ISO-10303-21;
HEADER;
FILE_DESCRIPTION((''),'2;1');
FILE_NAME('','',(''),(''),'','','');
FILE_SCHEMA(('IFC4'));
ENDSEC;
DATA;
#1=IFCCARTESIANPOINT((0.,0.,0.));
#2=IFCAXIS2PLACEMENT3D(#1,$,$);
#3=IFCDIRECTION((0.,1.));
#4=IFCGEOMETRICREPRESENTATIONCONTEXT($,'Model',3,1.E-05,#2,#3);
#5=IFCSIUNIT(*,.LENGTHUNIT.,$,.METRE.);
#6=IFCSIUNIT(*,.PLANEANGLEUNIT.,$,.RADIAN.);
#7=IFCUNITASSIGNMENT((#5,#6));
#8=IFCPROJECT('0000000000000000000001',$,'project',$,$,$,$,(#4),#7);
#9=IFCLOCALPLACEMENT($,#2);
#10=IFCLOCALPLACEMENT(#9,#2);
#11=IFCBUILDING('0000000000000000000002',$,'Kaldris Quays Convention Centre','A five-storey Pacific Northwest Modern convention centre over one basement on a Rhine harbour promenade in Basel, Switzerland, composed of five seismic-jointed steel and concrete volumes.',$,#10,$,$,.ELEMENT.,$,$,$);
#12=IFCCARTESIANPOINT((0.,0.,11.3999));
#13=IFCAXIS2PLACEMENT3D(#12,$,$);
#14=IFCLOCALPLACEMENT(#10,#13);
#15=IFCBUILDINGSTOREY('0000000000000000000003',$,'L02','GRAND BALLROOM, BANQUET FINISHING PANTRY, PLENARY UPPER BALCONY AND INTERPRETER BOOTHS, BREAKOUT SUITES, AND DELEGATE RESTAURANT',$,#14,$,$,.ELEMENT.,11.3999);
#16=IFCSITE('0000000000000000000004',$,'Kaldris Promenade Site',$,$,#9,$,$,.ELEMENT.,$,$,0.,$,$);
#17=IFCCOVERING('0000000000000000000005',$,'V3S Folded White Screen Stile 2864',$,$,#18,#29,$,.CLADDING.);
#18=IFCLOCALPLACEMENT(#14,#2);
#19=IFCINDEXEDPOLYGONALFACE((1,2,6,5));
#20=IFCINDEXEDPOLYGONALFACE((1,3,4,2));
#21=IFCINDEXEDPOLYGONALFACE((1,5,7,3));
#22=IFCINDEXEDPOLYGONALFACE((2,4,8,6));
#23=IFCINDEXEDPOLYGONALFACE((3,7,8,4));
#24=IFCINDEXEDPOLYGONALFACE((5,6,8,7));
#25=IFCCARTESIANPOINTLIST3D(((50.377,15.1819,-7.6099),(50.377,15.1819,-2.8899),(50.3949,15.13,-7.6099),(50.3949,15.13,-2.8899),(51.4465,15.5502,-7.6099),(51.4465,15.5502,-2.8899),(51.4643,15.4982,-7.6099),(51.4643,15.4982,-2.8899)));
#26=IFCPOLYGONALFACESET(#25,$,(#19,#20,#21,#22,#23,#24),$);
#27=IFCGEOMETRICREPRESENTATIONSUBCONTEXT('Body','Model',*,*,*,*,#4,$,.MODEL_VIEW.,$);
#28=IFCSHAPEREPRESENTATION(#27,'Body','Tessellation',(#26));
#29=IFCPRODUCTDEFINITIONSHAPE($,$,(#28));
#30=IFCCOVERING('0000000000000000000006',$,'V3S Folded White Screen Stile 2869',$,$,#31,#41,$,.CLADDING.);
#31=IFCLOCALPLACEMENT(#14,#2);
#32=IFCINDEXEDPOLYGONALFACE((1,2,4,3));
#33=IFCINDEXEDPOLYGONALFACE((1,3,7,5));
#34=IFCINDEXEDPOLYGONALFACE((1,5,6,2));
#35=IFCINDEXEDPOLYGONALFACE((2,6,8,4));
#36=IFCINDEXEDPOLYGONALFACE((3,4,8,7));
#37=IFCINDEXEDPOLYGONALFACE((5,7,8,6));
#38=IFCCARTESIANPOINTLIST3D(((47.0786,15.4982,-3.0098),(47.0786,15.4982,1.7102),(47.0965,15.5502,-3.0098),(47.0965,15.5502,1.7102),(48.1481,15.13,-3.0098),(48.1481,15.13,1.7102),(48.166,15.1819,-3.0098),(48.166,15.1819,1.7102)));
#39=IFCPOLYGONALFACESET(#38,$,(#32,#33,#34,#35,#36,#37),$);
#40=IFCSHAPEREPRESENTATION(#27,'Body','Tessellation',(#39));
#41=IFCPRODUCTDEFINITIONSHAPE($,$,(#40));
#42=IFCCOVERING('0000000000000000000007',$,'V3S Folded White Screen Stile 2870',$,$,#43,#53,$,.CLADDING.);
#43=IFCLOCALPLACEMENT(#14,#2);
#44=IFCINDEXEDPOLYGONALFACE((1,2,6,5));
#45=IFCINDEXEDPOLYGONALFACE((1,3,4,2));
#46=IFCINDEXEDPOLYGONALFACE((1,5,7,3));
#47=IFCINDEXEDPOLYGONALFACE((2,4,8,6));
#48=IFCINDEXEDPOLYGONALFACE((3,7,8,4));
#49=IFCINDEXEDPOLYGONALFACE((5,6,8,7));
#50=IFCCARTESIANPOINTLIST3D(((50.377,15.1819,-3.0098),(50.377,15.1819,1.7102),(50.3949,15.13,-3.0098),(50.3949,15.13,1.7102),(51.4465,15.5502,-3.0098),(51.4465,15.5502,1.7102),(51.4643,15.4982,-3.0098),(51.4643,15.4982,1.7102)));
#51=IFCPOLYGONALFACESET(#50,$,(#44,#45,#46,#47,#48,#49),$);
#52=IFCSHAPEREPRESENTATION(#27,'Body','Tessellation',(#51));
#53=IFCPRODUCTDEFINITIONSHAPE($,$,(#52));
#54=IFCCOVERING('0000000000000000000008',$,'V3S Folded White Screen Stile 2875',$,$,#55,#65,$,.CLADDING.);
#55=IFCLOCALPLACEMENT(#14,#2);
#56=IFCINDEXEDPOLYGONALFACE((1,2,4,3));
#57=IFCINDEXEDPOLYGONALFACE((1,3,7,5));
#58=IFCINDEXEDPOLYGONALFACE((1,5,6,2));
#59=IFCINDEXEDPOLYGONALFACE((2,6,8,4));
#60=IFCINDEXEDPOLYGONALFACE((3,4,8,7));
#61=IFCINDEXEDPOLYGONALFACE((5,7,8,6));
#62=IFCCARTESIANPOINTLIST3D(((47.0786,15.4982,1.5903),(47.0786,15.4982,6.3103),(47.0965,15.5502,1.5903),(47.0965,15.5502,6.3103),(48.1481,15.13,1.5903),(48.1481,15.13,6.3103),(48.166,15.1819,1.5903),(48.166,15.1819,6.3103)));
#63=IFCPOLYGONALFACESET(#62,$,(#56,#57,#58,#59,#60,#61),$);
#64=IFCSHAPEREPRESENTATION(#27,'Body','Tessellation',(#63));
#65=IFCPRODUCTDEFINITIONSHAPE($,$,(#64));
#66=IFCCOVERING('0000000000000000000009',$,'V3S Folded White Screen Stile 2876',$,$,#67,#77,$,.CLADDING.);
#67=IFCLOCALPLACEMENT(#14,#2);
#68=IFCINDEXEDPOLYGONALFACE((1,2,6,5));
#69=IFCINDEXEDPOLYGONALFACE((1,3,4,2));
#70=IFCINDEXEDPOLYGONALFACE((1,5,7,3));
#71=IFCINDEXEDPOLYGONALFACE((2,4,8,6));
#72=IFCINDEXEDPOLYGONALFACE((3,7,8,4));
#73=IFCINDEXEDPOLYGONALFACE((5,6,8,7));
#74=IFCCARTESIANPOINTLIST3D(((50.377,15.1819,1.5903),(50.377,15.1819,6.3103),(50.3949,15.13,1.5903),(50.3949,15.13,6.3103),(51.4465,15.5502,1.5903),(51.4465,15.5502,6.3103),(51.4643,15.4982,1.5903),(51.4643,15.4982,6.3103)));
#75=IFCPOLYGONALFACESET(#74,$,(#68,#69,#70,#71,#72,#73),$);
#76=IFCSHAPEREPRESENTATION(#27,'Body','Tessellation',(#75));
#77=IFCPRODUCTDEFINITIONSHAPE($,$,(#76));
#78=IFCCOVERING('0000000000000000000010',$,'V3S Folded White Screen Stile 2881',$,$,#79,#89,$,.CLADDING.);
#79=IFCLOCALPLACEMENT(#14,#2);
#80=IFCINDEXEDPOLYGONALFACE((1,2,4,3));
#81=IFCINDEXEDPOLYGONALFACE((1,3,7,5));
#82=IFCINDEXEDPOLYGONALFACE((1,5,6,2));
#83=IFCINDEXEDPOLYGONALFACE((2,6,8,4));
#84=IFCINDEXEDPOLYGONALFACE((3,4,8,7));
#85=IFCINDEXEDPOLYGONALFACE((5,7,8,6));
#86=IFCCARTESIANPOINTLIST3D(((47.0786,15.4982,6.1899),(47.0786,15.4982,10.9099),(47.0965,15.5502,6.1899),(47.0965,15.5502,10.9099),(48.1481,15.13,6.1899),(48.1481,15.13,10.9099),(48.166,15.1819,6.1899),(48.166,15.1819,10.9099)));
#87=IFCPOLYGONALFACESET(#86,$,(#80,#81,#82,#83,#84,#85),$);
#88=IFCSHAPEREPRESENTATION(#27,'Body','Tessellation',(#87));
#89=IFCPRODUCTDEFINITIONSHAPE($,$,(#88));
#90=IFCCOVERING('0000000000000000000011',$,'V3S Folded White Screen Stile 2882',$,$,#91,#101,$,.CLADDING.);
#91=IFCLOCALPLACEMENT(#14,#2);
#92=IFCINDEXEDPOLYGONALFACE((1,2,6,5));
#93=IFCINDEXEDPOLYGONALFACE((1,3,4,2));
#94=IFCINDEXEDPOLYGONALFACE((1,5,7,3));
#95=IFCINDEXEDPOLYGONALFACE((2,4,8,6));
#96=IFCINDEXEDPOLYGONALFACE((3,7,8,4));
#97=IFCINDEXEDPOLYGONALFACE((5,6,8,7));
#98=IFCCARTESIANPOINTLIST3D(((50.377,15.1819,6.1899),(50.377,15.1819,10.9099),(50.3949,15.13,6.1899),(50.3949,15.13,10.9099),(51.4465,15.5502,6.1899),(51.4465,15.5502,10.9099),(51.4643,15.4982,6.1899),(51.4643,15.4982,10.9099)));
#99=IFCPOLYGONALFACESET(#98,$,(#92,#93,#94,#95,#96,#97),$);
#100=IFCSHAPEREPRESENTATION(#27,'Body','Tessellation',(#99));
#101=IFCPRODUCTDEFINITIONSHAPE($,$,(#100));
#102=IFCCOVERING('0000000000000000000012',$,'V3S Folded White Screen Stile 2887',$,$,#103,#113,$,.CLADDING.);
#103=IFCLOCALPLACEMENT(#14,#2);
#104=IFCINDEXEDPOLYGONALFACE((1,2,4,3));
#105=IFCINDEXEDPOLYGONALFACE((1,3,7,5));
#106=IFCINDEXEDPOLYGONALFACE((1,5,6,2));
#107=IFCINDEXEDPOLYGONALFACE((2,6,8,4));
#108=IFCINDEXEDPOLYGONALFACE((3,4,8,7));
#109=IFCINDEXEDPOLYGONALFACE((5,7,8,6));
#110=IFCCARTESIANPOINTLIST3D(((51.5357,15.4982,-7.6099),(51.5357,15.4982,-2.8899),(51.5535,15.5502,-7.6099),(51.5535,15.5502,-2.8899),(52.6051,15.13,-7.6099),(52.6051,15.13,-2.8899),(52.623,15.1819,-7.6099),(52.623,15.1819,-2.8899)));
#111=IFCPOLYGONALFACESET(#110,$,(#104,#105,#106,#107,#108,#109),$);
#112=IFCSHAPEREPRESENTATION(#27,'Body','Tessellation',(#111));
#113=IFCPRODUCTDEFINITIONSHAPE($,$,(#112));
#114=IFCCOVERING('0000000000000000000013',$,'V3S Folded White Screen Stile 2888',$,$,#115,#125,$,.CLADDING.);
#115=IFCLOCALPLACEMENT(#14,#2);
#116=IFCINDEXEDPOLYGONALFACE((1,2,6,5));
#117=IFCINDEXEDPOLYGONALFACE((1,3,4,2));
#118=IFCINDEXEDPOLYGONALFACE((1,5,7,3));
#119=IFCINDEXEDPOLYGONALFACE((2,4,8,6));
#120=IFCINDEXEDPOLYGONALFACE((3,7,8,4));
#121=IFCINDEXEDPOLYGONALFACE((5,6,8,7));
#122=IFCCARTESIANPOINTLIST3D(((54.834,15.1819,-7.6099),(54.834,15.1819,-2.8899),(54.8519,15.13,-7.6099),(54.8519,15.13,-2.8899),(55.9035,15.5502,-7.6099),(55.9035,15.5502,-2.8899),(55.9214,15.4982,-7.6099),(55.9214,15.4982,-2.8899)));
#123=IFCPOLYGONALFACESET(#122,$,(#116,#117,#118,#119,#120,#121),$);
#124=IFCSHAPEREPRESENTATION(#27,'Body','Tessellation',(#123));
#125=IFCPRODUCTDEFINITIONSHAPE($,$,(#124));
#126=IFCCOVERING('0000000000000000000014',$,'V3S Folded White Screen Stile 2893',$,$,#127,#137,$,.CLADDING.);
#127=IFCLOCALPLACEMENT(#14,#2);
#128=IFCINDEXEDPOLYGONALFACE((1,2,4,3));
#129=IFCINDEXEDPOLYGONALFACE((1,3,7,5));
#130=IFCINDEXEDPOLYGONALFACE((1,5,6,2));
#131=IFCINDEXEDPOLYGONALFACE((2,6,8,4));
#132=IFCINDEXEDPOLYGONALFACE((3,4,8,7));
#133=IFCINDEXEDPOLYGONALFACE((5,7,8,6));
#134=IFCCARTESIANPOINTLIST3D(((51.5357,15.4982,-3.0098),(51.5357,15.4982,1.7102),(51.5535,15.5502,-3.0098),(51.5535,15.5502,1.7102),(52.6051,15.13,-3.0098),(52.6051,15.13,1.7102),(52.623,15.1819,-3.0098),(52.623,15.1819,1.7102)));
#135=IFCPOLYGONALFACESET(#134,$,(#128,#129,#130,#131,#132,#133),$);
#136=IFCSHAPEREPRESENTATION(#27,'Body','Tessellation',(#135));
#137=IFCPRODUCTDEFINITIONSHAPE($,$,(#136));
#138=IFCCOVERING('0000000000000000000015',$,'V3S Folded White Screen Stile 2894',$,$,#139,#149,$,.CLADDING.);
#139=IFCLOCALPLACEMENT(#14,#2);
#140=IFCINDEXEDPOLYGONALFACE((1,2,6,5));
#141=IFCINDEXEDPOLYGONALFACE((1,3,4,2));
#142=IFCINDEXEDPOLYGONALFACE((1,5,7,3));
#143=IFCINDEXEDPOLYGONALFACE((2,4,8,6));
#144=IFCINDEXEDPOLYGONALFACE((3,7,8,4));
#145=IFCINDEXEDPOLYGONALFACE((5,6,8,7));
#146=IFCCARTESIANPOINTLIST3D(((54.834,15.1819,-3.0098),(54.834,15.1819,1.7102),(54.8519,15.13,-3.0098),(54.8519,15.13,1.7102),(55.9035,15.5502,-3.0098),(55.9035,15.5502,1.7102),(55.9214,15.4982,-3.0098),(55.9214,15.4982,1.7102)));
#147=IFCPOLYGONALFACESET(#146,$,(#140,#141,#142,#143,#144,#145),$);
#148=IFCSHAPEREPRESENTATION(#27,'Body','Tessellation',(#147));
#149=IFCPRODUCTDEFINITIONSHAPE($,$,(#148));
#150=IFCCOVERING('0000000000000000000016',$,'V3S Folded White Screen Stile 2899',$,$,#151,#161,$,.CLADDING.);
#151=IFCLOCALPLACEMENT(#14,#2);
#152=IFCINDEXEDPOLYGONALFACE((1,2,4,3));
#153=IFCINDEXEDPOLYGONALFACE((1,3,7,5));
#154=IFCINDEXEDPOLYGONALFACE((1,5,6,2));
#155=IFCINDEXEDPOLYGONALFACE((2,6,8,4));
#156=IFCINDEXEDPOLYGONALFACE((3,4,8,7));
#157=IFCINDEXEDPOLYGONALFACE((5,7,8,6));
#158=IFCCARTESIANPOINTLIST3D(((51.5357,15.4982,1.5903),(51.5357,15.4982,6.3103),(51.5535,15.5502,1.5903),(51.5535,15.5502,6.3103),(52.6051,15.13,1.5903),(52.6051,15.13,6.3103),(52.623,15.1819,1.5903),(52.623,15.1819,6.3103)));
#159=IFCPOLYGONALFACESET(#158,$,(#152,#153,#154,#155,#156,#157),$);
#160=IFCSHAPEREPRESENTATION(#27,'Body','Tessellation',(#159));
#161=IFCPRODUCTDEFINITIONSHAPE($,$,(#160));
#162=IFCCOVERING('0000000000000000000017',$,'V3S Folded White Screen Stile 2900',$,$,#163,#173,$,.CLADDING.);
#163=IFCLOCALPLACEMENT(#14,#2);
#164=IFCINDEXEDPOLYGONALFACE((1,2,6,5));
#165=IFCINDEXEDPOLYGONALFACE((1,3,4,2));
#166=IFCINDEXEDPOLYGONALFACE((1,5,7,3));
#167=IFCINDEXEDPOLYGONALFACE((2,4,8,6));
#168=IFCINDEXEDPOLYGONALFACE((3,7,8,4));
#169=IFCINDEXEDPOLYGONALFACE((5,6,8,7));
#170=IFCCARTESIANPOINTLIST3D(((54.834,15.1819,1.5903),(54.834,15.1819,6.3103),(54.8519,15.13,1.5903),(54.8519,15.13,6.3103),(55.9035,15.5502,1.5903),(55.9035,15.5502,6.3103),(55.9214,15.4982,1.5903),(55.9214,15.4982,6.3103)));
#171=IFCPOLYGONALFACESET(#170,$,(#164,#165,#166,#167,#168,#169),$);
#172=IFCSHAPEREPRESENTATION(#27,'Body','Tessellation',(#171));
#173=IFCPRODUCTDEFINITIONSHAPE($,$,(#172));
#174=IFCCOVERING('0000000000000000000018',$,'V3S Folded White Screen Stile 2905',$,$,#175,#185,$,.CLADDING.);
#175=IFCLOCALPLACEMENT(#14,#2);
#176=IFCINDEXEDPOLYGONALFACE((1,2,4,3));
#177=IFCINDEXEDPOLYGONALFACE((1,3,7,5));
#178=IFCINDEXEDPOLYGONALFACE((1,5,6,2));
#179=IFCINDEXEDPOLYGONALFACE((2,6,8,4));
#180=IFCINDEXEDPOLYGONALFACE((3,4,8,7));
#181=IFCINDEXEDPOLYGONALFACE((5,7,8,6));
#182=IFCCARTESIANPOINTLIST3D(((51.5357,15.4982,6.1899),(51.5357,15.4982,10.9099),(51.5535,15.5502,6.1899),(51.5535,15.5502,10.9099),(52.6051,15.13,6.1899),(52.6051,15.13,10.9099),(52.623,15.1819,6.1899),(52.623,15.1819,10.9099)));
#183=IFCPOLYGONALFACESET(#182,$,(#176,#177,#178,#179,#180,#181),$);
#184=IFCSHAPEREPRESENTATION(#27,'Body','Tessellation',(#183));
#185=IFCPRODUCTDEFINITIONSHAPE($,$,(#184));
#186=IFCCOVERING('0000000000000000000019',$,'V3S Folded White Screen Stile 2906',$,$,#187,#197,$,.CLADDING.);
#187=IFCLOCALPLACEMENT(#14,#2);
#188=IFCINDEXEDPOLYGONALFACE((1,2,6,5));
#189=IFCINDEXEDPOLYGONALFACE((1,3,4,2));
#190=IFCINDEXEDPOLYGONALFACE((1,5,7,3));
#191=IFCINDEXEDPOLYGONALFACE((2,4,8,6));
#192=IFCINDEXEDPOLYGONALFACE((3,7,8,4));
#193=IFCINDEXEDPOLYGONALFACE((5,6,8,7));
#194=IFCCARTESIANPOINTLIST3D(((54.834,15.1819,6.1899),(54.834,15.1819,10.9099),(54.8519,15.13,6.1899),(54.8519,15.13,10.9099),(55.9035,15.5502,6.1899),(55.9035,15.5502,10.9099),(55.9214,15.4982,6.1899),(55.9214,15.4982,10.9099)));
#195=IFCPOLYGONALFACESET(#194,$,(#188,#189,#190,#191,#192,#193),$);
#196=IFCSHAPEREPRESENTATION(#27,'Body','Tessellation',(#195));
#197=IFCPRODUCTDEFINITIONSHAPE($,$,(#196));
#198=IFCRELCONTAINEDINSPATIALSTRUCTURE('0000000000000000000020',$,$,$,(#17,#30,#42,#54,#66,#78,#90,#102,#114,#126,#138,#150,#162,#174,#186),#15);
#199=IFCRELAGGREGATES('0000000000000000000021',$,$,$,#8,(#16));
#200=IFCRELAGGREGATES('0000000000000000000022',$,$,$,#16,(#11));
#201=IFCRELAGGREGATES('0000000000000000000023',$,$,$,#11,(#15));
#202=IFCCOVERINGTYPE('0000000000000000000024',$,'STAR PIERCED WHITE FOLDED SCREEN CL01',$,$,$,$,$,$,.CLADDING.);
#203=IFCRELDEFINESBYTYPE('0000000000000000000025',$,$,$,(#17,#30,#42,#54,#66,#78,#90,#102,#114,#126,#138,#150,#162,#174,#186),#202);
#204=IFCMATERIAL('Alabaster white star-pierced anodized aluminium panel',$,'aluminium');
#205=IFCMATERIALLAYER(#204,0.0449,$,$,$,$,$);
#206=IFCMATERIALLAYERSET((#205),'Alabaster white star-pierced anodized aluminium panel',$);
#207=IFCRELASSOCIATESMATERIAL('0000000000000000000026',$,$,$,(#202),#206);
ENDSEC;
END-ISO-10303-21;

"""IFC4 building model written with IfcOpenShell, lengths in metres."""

from ifc_helpers import new_model, si_unit, direction, frame, origin, origin_2d, place, context, subcontext, project, spatial, rectangle, extrude, material, layer, layer_set, type_object, element, save


model = new_model("IFC4")

# Units and contexts
model_context = context("Model", 3, precision=1e-05, world=origin(), true_north=direction((0.0, 1.0)))
body_context = subcontext(model_context, "Body", "Model", "MODEL_VIEW")
ifc_project = project(units=[si_unit("LENGTHUNIT", "METRE"), si_unit("PLANEANGLEUNIT", "RADIAN")], contexts=[model_context])

# Site, building, storey
site_placement = place(None, origin())
site = spatial("IfcSite", under=ifc_project, at=site_placement, Name="Kaldris Promenade Site", CompositionType="ELEMENT", RefElevation=0.0)
building_placement = place(site_placement, origin())
building = spatial("IfcBuilding", under=site, at=building_placement, Name="Kaldris Quays Convention Centre", Description="A five-storey Pacific Northwest Modern convention centre over one basement on a Rhine harbour promenade in Basel, Switzerland, composed of five seismic-jointed steel and concrete volumes.", CompositionType="ELEMENT")
storey_placement = place(building_placement, frame((0.0, 0.0, 11.3999)))
storey = spatial("IfcBuildingStorey", under=building, at=storey_placement, Name="L02", Description="GRAND BALLROOM, BANQUET FINISHING PANTRY, PLENARY UPPER BALCONY AND INTERPRETER BOOTHS, BREAKOUT SUITES, AND DELEGATE RESTAURANT", CompositionType="ELEMENT", Elevation=11.3999)

# Coverings
ifc_material = material(Name="Alabaster white star-pierced anodized aluminium panel", Category="aluminium")
ifc_layer = layer(ifc_material, 0.0449)
ifc_layer_set = layer_set([ifc_layer], Name="Alabaster white star-pierced anodized aluminium panel")
covering_type = type_object("IfcCoveringType", Name="STAR PIERCED WHITE FOLDED SCREEN CL01", PredefinedType="CLADDING", material=ifc_layer_set)
for number, where, z_axis, x_axis, name in (
    (1, (50.9207, 15.3401, -7.6099), (0.0, 0.0, 1.0), (0.945519, 0.325568, 0.0), "V3S Folded White Screen Stile 2864"),
    (2, (47.6223, 15.3401, -3.0098), (0.0, 0.0, 1.0), (0.945519, -0.325568, 0.0), "V3S Folded White Screen Stile 2869"),
    (3, (50.9207, 15.3401, -3.0098), (0.0, 0.0, 1.0), (0.945519, 0.325568, 0.0), "V3S Folded White Screen Stile 2870"),
    (4, (47.6223, 15.3401, 1.5903), (0.0, 0.0, 1.0), (0.945519, -0.325568, 0.0), "V3S Folded White Screen Stile 2875"),
    (5, (50.9207, 15.3401, 1.5903), (0.0, 0.0, 1.0), (0.945519, 0.325568, 0.0), "V3S Folded White Screen Stile 2876"),
    (6, (47.6223, 15.3401, 6.1899), (0.0, 0.0, 1.0), (0.945519, -0.325568, 0.0), "V3S Folded White Screen Stile 2881"),
    (7, (50.9207, 15.3401, 6.1899), (0.0, 0.0, 1.0), (0.945519, 0.325568, 0.0), "V3S Folded White Screen Stile 2882"),
    (8, (52.0793, 15.3401, -7.6099), (0.0, 0.0, 1.0), (0.945519, -0.325568, 0.0), "V3S Folded White Screen Stile 2887"),
    (9, (55.3777, 15.3401, -7.6099), (0.0, 0.0, 1.0), (0.945519, 0.325568, 0.0), "V3S Folded White Screen Stile 2888"),
    (10, (52.0793, 15.3401, -3.0098), (0.0, 0.0, 1.0), (0.945519, -0.325568, 0.0), "V3S Folded White Screen Stile 2893"),
    (11, (55.3777, 15.3401, -3.0098), (0.0, 0.0, 1.0), (0.945519, 0.325568, 0.0), "V3S Folded White Screen Stile 2894"),
    (12, (52.0793, 15.3401, 1.5903), (0.0, 0.0, 1.0), (0.945519, -0.325568, 0.0), "V3S Folded White Screen Stile 2899"),
    (13, (55.3777, 15.3401, 1.5903), (0.0, 0.0, 1.0), (0.945519, 0.325568, 0.0), "V3S Folded White Screen Stile 2900"),
    (14, (52.0793, 15.3401, 6.1899), (0.0, 0.0, 1.0), (0.945519, -0.325568, 0.0), "V3S Folded White Screen Stile 2905"),
    (15, (55.3777, 15.3401, 6.1899), (0.0, 0.0, 1.0), (0.945519, 0.325568, 0.0), "V3S Folded White Screen Stile 2906"),
):
    element("IfcCovering", number, at=place(storey_placement, frame(where, z_axis=z_axis, x_axis=x_axis)), inside=storey, type_object=covering_type, Name=name, PredefinedType="CLADDING", context=body_context, shape_type="SweptSolid", body=[
        extrude(rectangle(XDim=1.1311, YDim=0.0549, at=origin_2d()), origin(), (0.0, 0.0, 1.0), 4.72),
    ])

save(model, "model.ifc")
